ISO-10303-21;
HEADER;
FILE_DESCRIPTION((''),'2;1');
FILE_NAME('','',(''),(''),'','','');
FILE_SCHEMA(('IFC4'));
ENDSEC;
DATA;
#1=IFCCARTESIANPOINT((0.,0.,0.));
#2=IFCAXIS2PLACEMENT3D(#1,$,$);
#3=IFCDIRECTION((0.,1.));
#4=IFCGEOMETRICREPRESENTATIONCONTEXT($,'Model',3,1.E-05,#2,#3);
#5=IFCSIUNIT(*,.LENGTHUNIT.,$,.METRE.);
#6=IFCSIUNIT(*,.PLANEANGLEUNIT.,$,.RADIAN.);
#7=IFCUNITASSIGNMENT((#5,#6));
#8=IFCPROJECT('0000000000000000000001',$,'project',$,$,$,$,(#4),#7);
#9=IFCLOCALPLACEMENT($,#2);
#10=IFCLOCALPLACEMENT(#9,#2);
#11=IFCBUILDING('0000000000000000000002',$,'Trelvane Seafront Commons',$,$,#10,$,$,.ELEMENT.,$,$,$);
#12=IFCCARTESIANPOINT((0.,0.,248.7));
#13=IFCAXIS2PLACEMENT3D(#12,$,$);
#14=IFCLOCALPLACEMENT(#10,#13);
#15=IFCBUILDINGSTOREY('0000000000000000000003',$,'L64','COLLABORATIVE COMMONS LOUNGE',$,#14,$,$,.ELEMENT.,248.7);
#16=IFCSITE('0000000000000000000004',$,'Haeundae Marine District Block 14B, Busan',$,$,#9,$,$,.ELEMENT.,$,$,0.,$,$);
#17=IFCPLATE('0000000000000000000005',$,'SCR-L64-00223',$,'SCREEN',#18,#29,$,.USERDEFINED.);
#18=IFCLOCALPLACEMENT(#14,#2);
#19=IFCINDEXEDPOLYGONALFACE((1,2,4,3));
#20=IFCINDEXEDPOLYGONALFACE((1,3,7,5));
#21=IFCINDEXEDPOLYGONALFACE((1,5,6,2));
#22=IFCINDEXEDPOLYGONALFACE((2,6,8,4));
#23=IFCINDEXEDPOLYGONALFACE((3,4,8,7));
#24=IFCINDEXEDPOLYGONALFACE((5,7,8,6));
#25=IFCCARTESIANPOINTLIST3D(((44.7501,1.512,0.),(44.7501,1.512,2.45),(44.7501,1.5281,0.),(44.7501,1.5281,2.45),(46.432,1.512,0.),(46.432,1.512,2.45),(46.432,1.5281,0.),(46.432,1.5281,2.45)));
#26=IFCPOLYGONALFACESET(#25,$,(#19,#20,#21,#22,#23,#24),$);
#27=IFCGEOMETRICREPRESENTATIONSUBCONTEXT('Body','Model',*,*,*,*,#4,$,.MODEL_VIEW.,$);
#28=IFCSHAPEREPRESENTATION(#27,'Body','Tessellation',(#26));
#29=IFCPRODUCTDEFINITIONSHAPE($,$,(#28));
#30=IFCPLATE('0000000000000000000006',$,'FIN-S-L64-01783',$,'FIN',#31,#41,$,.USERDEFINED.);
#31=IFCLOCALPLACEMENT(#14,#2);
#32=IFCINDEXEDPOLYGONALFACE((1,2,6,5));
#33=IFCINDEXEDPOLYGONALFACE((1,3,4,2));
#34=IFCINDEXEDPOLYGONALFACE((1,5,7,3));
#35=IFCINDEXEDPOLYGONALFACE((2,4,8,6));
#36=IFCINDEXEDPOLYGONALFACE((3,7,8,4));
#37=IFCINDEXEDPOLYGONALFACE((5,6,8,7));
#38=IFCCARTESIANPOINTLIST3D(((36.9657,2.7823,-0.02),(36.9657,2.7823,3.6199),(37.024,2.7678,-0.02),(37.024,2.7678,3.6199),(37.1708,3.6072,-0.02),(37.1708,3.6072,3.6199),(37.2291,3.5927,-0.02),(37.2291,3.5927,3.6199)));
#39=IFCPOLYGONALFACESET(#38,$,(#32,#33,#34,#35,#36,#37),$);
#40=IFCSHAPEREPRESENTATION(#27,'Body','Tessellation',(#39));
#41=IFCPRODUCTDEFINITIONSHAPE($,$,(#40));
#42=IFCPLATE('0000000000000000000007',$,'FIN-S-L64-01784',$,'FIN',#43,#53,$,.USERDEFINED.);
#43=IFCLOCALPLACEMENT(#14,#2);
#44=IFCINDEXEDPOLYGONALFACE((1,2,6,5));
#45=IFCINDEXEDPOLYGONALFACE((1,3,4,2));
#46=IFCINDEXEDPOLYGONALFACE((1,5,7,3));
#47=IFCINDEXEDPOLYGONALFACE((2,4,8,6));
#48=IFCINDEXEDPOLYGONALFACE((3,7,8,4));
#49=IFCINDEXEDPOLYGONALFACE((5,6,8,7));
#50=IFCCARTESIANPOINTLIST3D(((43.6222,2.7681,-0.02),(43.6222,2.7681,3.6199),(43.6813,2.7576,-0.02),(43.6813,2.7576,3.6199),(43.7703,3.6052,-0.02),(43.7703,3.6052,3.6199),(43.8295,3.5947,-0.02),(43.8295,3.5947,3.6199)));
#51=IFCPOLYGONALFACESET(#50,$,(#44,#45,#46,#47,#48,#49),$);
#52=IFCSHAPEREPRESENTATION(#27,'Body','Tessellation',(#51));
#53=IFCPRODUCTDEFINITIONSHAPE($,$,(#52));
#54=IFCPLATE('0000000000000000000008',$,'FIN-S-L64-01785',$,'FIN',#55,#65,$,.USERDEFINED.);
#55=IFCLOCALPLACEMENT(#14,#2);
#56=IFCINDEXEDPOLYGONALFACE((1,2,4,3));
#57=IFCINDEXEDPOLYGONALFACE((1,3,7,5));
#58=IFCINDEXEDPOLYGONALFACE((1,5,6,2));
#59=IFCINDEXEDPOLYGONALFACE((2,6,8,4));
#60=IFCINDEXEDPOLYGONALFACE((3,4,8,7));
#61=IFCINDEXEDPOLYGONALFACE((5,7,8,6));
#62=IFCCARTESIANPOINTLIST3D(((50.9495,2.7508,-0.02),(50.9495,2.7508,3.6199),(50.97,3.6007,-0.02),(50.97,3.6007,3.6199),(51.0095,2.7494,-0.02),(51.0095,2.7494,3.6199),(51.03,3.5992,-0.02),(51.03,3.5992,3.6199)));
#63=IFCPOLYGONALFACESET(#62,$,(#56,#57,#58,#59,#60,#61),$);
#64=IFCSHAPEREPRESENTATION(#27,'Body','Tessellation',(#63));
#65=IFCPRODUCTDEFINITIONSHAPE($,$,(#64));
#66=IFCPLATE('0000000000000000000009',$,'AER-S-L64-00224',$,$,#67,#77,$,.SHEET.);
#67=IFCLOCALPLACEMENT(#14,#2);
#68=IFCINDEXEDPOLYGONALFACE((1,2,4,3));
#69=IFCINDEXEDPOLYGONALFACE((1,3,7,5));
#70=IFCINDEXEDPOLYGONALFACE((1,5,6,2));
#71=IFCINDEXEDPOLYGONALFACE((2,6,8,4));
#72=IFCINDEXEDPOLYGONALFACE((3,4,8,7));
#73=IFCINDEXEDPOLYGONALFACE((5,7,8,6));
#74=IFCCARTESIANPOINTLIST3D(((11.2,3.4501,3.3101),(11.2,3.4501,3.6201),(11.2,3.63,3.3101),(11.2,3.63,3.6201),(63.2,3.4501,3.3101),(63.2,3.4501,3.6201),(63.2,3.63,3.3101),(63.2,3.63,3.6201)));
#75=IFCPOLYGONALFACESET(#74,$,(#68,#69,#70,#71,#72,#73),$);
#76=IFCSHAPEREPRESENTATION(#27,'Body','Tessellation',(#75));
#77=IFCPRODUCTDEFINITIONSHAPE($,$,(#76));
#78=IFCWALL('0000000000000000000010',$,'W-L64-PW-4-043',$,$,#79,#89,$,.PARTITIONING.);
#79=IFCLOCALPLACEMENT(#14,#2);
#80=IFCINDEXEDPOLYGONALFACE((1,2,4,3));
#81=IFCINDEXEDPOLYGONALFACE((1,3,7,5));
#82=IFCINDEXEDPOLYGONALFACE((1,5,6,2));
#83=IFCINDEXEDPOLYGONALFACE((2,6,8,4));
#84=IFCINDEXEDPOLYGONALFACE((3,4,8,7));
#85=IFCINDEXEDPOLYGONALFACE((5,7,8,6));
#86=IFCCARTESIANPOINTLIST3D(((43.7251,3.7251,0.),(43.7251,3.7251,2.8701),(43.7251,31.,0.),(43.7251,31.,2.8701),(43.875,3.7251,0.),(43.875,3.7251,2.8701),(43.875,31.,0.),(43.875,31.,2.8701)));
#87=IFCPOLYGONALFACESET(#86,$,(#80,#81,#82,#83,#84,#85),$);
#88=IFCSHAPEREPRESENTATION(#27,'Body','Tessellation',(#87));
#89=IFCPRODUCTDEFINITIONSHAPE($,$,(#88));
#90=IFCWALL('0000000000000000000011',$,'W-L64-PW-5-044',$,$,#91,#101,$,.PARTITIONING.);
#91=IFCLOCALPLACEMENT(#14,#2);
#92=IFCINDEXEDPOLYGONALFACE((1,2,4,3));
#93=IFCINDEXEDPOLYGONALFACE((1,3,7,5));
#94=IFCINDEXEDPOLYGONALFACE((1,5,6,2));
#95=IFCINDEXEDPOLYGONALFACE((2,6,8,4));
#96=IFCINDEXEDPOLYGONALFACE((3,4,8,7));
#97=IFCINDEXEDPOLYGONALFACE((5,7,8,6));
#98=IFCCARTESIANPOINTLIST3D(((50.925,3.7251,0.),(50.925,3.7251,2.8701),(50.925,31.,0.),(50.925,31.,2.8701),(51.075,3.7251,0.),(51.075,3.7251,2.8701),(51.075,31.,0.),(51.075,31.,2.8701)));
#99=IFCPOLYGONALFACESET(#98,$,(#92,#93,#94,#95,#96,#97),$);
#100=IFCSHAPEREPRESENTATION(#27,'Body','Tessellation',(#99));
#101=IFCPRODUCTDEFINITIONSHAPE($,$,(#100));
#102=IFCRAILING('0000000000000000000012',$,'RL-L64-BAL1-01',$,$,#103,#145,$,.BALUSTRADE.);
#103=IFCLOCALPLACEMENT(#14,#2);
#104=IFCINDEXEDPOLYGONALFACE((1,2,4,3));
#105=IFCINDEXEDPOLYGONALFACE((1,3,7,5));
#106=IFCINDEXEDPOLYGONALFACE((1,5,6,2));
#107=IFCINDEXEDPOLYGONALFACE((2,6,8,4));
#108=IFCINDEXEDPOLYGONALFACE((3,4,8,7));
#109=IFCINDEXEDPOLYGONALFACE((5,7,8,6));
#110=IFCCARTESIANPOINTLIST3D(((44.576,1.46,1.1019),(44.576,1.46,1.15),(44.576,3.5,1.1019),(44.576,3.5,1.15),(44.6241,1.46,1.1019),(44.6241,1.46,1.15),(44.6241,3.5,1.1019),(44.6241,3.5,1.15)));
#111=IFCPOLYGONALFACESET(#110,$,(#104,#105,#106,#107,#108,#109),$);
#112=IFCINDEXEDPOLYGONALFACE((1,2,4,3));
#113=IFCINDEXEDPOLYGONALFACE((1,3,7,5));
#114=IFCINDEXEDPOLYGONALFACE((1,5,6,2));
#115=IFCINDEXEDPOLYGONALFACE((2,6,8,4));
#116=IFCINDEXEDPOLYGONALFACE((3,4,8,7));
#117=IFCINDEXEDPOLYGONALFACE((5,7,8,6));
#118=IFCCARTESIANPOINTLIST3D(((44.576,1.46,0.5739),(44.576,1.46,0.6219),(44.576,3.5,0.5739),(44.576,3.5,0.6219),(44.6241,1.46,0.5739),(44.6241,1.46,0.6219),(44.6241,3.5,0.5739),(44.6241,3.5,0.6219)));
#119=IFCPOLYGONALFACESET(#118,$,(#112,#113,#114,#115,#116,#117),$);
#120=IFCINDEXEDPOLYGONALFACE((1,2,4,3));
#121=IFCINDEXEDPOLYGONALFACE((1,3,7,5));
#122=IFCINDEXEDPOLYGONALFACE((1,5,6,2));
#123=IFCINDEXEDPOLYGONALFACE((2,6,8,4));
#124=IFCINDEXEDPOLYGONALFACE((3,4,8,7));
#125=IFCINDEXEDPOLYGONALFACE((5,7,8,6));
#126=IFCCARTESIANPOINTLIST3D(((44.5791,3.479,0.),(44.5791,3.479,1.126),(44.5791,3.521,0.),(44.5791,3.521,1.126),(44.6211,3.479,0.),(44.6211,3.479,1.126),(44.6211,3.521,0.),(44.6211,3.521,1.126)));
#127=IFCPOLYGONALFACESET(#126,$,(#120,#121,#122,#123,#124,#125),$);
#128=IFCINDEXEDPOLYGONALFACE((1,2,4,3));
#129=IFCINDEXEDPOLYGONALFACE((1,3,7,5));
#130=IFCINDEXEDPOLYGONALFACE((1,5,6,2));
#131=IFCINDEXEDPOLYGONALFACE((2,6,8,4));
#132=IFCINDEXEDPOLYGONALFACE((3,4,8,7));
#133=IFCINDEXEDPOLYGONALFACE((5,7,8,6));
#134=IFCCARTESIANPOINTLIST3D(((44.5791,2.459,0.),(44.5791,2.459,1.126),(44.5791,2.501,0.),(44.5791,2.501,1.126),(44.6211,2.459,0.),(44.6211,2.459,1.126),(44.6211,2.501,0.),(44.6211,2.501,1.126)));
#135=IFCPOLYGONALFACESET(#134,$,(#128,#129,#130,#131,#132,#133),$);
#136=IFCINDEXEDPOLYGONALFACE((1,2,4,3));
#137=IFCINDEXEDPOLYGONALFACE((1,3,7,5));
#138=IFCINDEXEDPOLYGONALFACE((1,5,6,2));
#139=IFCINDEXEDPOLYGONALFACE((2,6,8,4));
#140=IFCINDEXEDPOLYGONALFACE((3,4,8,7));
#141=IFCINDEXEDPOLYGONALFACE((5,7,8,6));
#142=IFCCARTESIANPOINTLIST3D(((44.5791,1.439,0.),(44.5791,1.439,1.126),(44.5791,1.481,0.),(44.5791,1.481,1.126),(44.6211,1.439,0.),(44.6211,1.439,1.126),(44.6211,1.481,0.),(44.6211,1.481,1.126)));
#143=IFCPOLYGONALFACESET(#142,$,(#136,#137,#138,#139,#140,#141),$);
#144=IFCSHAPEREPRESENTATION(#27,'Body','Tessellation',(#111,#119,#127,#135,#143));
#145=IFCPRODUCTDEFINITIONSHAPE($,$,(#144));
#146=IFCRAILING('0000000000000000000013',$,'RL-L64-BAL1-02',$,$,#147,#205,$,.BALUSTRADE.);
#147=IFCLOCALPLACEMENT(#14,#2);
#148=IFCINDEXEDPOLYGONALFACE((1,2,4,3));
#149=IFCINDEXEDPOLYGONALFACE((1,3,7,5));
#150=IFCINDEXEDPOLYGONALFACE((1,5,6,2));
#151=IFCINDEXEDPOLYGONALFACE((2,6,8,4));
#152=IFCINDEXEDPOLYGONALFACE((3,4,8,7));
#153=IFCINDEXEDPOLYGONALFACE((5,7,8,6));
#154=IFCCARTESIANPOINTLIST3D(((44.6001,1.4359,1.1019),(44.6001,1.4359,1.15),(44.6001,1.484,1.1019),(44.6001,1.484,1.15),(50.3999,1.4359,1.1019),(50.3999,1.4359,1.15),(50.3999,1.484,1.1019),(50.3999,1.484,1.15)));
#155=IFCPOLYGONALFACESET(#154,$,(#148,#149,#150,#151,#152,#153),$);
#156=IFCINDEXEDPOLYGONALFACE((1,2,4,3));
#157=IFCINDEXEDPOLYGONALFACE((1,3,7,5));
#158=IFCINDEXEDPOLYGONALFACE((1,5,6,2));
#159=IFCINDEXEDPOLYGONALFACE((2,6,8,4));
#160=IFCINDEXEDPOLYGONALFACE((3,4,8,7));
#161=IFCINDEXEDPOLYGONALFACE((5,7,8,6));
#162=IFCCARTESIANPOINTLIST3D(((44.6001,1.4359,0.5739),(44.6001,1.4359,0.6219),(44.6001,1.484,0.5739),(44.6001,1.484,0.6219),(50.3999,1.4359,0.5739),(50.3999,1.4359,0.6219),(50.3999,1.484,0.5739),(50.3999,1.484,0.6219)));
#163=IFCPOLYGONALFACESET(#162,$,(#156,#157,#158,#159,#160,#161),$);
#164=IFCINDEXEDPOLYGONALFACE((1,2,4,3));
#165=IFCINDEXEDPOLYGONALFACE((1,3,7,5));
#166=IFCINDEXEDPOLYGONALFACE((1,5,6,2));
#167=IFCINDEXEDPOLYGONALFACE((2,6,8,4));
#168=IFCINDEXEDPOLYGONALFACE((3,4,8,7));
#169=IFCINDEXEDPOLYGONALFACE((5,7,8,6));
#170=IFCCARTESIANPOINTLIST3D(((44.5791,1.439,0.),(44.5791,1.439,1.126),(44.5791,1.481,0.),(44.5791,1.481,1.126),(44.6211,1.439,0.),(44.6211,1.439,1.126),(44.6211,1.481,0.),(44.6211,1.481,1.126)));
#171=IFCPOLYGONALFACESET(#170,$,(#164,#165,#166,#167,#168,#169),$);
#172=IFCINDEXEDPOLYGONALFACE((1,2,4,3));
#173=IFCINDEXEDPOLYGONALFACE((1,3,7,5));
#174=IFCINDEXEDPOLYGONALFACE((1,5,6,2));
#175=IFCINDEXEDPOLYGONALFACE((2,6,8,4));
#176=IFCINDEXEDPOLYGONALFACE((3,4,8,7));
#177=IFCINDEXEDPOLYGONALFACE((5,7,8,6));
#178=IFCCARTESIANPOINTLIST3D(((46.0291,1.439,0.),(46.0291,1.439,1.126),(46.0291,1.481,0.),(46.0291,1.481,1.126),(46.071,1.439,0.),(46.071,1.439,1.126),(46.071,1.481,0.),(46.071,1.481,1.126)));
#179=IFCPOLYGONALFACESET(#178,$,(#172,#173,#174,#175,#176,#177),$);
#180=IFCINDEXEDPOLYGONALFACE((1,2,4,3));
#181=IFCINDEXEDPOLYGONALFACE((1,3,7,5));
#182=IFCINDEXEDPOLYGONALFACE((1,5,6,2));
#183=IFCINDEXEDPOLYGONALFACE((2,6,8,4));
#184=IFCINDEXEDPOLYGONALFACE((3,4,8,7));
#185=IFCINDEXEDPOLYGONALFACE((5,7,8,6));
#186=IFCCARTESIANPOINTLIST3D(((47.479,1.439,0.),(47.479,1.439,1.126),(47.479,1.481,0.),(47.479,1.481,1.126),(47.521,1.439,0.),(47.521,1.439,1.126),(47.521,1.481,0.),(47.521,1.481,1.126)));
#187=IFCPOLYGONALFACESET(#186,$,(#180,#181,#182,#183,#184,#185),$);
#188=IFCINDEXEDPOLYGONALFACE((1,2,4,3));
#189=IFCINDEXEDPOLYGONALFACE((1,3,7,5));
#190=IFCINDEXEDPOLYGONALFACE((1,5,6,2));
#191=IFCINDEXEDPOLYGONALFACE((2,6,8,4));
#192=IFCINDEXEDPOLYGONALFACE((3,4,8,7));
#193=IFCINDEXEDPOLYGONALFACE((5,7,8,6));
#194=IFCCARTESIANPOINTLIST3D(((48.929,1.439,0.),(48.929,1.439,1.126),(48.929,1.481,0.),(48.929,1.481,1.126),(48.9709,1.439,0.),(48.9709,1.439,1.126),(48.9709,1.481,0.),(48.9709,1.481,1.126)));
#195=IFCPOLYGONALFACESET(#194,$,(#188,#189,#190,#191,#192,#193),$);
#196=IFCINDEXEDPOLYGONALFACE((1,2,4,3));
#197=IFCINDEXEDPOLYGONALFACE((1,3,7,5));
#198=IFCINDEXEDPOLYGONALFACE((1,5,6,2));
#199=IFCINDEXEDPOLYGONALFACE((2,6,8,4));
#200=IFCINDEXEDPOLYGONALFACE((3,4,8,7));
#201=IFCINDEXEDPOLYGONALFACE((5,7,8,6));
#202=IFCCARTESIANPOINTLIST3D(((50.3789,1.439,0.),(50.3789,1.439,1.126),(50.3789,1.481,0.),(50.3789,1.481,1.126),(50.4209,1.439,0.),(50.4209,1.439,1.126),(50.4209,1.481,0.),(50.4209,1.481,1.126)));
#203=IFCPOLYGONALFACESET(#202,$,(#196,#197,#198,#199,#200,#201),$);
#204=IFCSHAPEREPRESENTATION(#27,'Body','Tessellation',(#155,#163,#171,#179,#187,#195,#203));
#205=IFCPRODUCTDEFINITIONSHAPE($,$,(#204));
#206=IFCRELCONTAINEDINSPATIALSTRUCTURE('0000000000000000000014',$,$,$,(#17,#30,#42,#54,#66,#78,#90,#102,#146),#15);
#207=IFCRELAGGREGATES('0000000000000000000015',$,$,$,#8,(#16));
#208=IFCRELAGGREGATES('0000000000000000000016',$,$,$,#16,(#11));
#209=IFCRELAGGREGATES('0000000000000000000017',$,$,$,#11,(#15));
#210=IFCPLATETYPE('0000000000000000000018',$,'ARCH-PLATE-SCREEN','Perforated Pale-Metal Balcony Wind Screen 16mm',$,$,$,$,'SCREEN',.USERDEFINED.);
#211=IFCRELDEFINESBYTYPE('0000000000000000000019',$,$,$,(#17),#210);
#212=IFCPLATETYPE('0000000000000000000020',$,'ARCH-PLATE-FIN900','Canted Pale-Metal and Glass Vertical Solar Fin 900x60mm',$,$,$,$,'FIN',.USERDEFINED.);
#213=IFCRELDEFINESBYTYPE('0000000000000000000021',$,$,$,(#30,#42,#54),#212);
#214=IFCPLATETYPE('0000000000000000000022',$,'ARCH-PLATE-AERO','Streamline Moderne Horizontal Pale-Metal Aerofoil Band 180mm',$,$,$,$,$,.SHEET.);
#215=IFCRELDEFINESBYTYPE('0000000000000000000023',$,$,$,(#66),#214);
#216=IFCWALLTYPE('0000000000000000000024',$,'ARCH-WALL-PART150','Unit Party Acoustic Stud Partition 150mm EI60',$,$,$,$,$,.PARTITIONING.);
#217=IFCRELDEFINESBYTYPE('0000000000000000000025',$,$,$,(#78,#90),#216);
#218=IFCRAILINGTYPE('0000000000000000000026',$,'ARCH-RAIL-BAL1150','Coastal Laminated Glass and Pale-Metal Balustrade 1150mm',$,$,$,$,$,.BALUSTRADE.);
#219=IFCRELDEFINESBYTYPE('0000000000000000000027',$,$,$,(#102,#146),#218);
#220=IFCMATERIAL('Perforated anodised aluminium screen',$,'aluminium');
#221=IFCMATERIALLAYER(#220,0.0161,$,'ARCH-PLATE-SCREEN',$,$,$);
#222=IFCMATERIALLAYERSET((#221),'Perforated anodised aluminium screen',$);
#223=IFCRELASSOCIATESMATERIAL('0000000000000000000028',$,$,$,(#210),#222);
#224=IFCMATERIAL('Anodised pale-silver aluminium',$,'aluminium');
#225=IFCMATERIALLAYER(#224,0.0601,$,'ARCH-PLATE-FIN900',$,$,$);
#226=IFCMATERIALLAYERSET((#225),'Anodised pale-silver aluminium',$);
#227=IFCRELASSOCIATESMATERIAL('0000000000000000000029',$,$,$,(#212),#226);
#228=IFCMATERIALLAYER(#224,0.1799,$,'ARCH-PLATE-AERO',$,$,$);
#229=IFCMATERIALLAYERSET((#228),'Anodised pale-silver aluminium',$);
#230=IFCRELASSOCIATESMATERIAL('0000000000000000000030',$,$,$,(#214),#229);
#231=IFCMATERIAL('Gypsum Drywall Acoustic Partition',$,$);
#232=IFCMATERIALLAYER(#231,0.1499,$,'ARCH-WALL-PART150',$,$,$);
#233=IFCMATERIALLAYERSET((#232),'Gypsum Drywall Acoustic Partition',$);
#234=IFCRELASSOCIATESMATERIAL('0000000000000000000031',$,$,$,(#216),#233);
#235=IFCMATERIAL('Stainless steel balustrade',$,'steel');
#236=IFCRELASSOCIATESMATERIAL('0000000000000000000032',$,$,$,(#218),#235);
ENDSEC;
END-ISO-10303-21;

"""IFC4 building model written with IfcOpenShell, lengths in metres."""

from ifc_helpers import new_model, si_unit, direction, frame, frame_2d, origin, origin_2d, place, context, subcontext, project, spatial, rectangle, extrude, source, transform, mapped, material, layer, layer_set, type_object, element, save


model = new_model("IFC4")

# Units and contexts
model_context = context("Model", 3, precision=1e-05, world=origin(), true_north=direction((0.0, 1.0)))
body_context = subcontext(model_context, "Body", "Model", "MODEL_VIEW")
ifc_project = project(units=[si_unit("LENGTHUNIT", "METRE"), si_unit("PLANEANGLEUNIT", "RADIAN")], contexts=[model_context])

# Site, building, storey
site_placement = place(None, origin())
site = spatial("IfcSite", under=ifc_project, at=site_placement, Name="Haeundae Marine District Block 14B, Busan", CompositionType="ELEMENT", RefElevation=0.0)
building_placement = place(site_placement, origin())
building = spatial("IfcBuilding", under=site, at=building_placement, Name="Trelvane Seafront Commons", CompositionType="ELEMENT")
storey_placement = place(building_placement, frame((0.0, 0.0, 248.7)))
storey = spatial("IfcBuildingStorey", under=building, at=storey_placement, Name="L64", Description="COLLABORATIVE COMMONS LOUNGE", CompositionType="ELEMENT", Elevation=248.7)

# Plates
ifc_material_1 = material(Name="Perforated anodised aluminium screen", Category="aluminium")
ifc_layer_1 = layer(ifc_material_1, 0.0161, Name="ARCH-PLATE-SCREEN")
ifc_layer_set_1 = layer_set([ifc_layer_1], Name="Perforated anodised aluminium screen")
plate_type_1 = type_object("IfcPlateType", Name="ARCH-PLATE-SCREEN", Description="Perforated Pale-Metal Balcony Wind Screen 16mm", ElementType="SCREEN", PredefinedType="USERDEFINED", material=ifc_layer_set_1)
shared_shape_1 = source(origin(), body_context, "Body", "SweptSolid", [
    extrude(rectangle(XDim=1.6819, YDim=0.0161, at=origin_2d()), origin(), (0.0, 0.0, 1.0), 2.45),
])
plate_1_placement = place(storey_placement, frame((45.5911, 1.52, 0.0), z_axis=(0.0, 0.0, 1.0), x_axis=(1.0, 0.0, 0.0)))
element("IfcPlate", 1, at=plate_1_placement, inside=storey, type_object=plate_type_1, Name="SCR-L64-00223", ObjectType="SCREEN", PredefinedType="USERDEFINED", context=body_context, shape_type="MappedRepresentation", body=[
    mapped(shared_shape_1, transform((0.0, 0.0, 0.0), x_axis=(1.0, 0.0, 0.0), y_axis=(0.0, 1.0, 0.0), z_axis=(0.0, 0.0, 1.0), scale=1.0)),
])
ifc_material_2 = material(Name="Anodised pale-silver aluminium", Category="aluminium")
ifc_layer_2 = layer(ifc_material_2, 0.0601, Name="ARCH-PLATE-FIN900")
ifc_layer_set_2 = layer_set([ifc_layer_2], Name="Anodised pale-silver aluminium")
plate_type_2 = type_object("IfcPlateType", Name="ARCH-PLATE-FIN900", Description="Canted Pale-Metal and Glass Vertical Solar Fin 900x60mm", ElementType="FIN", PredefinedType="USERDEFINED", material=ifc_layer_set_2)
shared_shape_2 = source(origin(), body_context, "Body", "SweptSolid", [
    extrude(rectangle(XDim=0.8501, YDim=0.0601, at=origin_2d()), origin(), (0.0, 0.0, 1.0), 3.6399),
])
for number, where, z_axis, x_axis, name in (
    (2, (37.0974, 3.1875, -0.02), (0.0, 0.0, 1.0), (-0.24129, -0.970453, 0.0), "FIN-S-L64-01783"),
    (3, (43.7258, 3.1814, -0.02), (0.0, 0.0, 1.0), (-0.174234, -0.984704, 0.0), "FIN-S-L64-01784"),
    (4, (50.9897, 3.175, -0.02), (0.0, 0.0, 1.0), (-0.024116, -0.999709, 0.0), "FIN-S-L64-01785"),
):
    element("IfcPlate", number, at=place(storey_placement, frame(where, z_axis=z_axis, x_axis=x_axis)), inside=storey, type_object=plate_type_2, Name=name, ObjectType="FIN", PredefinedType="USERDEFINED", context=body_context, shape_type="MappedRepresentation", body=[
        mapped(shared_shape_2, transform((0.0, 0.0, 0.0), x_axis=(1.0, 0.0, 0.0), y_axis=(0.0, 1.0, 0.0), z_axis=(0.0, 0.0, 1.0), scale=1.0)),
    ])
ifc_layer_3 = layer(ifc_material_2, 0.1799, Name="ARCH-PLATE-AERO")
ifc_layer_set_3 = layer_set([ifc_layer_3], Name="Anodised pale-silver aluminium")
plate_type_3 = type_object("IfcPlateType", Name="ARCH-PLATE-AERO", Description="Streamline Moderne Horizontal Pale-Metal Aerofoil Band 180mm", PredefinedType="SHEET", material=ifc_layer_set_3)
shared_shape_3 = source(origin(), body_context, "Body", "SweptSolid", [
    extrude(rectangle(XDim=52.0, YDim=0.1799, at=origin_2d()), origin(), (0.0, 0.0, 1.0), 0.3101),
])
plate_2_placement = place(storey_placement, frame((37.2, 3.54, 3.3101), z_axis=(0.0, 0.0, 1.0), x_axis=(-1.0, 0.0, 0.0)))
element("IfcPlate", 5, at=plate_2_placement, inside=storey, type_object=plate_type_3, Name="AER-S-L64-00224", PredefinedType="SHEET", context=body_context, shape_type="MappedRepresentation", body=[
    mapped(shared_shape_3, transform((0.0, 0.0, 0.0), x_axis=(1.0, 0.0, 0.0), y_axis=(0.0, 1.0, 0.0), z_axis=(0.0, 0.0, 1.0), scale=1.0)),
])

# Walls
ifc_material_3 = material(Name="Gypsum Drywall Acoustic Partition")
ifc_layer_4 = layer(ifc_material_3, 0.1499, Name="ARCH-WALL-PART150")
ifc_layer_set_4 = layer_set([ifc_layer_4], Name="Gypsum Drywall Acoustic Partition")
wall_type = type_object("IfcWallType", Name="ARCH-WALL-PART150", Description="Unit Party Acoustic Stud Partition 150mm EI60", PredefinedType="PARTITIONING", material=ifc_layer_set_4)
for number, where, z_axis, x_axis, name in (
    (6, (43.8, 3.7251, 0.0), (0.0, 0.0, 1.0), (0.0, 1.0, 0.0), "W-L64-PW-4-043"),
    (7, (51.0, 3.7251, 0.0), (0.0, 0.0, 1.0), (0.0, 1.0, 0.0), "W-L64-PW-5-044"),
):
    element("IfcWall", number, at=place(storey_placement, frame(where, z_axis=z_axis, x_axis=x_axis)), inside=storey, type_object=wall_type, Name=name, PredefinedType="PARTITIONING", context=body_context, shape_type="SweptSolid", body=[
        extrude(rectangle(XDim=27.2749, YDim=0.1499, at=frame_2d((13.6375, 0.0))), origin(), (0.0, 0.0, 1.0), 2.8701),
    ])

# Railings
ifc_material_4 = material(Name="Stainless steel balustrade", Category="steel")
railing_type = type_object("IfcRailingType", Name="ARCH-RAIL-BAL1150", Description="Coastal Laminated Glass and Pale-Metal Balustrade 1150mm", PredefinedType="BALUSTRADE", material=ifc_material_4)
railing_1_placement = place(storey_placement, frame((44.6001, 3.5, 0.0)))
element("IfcRailing", 8, at=railing_1_placement, inside=storey, type_object=railing_type, Name="RL-L64-BAL1-01", PredefinedType="BALUSTRADE", context=body_context, shape_type="SweptSolid", body=[
    extrude(rectangle(XDim=0.0481, YDim=0.0481, at=origin_2d()), frame((0.0, 0.0, 1.126), z_axis=(0.0, -1.0, 0.0), x_axis=(1.0, 0.0, 0.0)), (0.0, 0.0, 1.0), 2.04),
    extrude(rectangle(XDim=0.0481, YDim=0.0481, at=origin_2d()), frame((0.0, 0.0, 0.5979), z_axis=(0.0, -1.0, 0.0), x_axis=(1.0, 0.0, 0.0)), (0.0, 0.0, 1.0), 2.04),
    extrude(rectangle(XDim=0.042, YDim=0.042, at=origin_2d()), origin(), (0.0, 0.0, 1.0), 1.126),
    extrude(rectangle(XDim=0.042, YDim=0.042, at=origin_2d()), frame((0.0, -1.02, 0.0)), (0.0, 0.0, 1.0), 1.126),
    extrude(rectangle(XDim=0.042, YDim=0.042, at=origin_2d()), frame((0.0, -2.04, 0.0)), (0.0, 0.0, 1.0), 1.126),
])
railing_2_placement = place(storey_placement, frame((44.6001, 1.46, 0.0)))
element("IfcRailing", 9, at=railing_2_placement, inside=storey, type_object=railing_type, Name="RL-L64-BAL1-02", PredefinedType="BALUSTRADE", context=body_context, shape_type="SweptSolid", body=[
    extrude(rectangle(XDim=0.0481, YDim=0.0481, at=origin_2d()), frame((0.0, 0.0, 1.126), z_axis=(1.0, 0.0, 0.0), x_axis=(0.0, 1.0, 0.0)), (0.0, 0.0, 1.0), 5.7998),
    extrude(rectangle(XDim=0.0481, YDim=0.0481, at=origin_2d()), frame((0.0, 0.0, 0.5979), z_axis=(1.0, 0.0, 0.0), x_axis=(0.0, 1.0, 0.0)), (0.0, 0.0, 1.0), 5.7998),
    extrude(rectangle(XDim=0.042, YDim=0.042, at=origin_2d()), origin(), (0.0, 0.0, 1.0), 1.126),
    extrude(rectangle(XDim=0.042, YDim=0.042, at=origin_2d()), frame((1.45, 0.0, 0.0)), (0.0, 0.0, 1.0), 1.126),
    extrude(rectangle(XDim=0.042, YDim=0.042, at=origin_2d()), frame((2.8999, 0.0, 0.0)), (0.0, 0.0, 1.0), 1.126),
    extrude(rectangle(XDim=0.042, YDim=0.042, at=origin_2d()), frame((4.3499, 0.0, 0.0)), (0.0, 0.0, 1.0), 1.126),
    extrude(rectangle(XDim=0.042, YDim=0.042, at=origin_2d()), frame((5.7998, 0.0, 0.0)), (0.0, 0.0, 1.0), 1.126),
])

save(model, "model.ifc")
